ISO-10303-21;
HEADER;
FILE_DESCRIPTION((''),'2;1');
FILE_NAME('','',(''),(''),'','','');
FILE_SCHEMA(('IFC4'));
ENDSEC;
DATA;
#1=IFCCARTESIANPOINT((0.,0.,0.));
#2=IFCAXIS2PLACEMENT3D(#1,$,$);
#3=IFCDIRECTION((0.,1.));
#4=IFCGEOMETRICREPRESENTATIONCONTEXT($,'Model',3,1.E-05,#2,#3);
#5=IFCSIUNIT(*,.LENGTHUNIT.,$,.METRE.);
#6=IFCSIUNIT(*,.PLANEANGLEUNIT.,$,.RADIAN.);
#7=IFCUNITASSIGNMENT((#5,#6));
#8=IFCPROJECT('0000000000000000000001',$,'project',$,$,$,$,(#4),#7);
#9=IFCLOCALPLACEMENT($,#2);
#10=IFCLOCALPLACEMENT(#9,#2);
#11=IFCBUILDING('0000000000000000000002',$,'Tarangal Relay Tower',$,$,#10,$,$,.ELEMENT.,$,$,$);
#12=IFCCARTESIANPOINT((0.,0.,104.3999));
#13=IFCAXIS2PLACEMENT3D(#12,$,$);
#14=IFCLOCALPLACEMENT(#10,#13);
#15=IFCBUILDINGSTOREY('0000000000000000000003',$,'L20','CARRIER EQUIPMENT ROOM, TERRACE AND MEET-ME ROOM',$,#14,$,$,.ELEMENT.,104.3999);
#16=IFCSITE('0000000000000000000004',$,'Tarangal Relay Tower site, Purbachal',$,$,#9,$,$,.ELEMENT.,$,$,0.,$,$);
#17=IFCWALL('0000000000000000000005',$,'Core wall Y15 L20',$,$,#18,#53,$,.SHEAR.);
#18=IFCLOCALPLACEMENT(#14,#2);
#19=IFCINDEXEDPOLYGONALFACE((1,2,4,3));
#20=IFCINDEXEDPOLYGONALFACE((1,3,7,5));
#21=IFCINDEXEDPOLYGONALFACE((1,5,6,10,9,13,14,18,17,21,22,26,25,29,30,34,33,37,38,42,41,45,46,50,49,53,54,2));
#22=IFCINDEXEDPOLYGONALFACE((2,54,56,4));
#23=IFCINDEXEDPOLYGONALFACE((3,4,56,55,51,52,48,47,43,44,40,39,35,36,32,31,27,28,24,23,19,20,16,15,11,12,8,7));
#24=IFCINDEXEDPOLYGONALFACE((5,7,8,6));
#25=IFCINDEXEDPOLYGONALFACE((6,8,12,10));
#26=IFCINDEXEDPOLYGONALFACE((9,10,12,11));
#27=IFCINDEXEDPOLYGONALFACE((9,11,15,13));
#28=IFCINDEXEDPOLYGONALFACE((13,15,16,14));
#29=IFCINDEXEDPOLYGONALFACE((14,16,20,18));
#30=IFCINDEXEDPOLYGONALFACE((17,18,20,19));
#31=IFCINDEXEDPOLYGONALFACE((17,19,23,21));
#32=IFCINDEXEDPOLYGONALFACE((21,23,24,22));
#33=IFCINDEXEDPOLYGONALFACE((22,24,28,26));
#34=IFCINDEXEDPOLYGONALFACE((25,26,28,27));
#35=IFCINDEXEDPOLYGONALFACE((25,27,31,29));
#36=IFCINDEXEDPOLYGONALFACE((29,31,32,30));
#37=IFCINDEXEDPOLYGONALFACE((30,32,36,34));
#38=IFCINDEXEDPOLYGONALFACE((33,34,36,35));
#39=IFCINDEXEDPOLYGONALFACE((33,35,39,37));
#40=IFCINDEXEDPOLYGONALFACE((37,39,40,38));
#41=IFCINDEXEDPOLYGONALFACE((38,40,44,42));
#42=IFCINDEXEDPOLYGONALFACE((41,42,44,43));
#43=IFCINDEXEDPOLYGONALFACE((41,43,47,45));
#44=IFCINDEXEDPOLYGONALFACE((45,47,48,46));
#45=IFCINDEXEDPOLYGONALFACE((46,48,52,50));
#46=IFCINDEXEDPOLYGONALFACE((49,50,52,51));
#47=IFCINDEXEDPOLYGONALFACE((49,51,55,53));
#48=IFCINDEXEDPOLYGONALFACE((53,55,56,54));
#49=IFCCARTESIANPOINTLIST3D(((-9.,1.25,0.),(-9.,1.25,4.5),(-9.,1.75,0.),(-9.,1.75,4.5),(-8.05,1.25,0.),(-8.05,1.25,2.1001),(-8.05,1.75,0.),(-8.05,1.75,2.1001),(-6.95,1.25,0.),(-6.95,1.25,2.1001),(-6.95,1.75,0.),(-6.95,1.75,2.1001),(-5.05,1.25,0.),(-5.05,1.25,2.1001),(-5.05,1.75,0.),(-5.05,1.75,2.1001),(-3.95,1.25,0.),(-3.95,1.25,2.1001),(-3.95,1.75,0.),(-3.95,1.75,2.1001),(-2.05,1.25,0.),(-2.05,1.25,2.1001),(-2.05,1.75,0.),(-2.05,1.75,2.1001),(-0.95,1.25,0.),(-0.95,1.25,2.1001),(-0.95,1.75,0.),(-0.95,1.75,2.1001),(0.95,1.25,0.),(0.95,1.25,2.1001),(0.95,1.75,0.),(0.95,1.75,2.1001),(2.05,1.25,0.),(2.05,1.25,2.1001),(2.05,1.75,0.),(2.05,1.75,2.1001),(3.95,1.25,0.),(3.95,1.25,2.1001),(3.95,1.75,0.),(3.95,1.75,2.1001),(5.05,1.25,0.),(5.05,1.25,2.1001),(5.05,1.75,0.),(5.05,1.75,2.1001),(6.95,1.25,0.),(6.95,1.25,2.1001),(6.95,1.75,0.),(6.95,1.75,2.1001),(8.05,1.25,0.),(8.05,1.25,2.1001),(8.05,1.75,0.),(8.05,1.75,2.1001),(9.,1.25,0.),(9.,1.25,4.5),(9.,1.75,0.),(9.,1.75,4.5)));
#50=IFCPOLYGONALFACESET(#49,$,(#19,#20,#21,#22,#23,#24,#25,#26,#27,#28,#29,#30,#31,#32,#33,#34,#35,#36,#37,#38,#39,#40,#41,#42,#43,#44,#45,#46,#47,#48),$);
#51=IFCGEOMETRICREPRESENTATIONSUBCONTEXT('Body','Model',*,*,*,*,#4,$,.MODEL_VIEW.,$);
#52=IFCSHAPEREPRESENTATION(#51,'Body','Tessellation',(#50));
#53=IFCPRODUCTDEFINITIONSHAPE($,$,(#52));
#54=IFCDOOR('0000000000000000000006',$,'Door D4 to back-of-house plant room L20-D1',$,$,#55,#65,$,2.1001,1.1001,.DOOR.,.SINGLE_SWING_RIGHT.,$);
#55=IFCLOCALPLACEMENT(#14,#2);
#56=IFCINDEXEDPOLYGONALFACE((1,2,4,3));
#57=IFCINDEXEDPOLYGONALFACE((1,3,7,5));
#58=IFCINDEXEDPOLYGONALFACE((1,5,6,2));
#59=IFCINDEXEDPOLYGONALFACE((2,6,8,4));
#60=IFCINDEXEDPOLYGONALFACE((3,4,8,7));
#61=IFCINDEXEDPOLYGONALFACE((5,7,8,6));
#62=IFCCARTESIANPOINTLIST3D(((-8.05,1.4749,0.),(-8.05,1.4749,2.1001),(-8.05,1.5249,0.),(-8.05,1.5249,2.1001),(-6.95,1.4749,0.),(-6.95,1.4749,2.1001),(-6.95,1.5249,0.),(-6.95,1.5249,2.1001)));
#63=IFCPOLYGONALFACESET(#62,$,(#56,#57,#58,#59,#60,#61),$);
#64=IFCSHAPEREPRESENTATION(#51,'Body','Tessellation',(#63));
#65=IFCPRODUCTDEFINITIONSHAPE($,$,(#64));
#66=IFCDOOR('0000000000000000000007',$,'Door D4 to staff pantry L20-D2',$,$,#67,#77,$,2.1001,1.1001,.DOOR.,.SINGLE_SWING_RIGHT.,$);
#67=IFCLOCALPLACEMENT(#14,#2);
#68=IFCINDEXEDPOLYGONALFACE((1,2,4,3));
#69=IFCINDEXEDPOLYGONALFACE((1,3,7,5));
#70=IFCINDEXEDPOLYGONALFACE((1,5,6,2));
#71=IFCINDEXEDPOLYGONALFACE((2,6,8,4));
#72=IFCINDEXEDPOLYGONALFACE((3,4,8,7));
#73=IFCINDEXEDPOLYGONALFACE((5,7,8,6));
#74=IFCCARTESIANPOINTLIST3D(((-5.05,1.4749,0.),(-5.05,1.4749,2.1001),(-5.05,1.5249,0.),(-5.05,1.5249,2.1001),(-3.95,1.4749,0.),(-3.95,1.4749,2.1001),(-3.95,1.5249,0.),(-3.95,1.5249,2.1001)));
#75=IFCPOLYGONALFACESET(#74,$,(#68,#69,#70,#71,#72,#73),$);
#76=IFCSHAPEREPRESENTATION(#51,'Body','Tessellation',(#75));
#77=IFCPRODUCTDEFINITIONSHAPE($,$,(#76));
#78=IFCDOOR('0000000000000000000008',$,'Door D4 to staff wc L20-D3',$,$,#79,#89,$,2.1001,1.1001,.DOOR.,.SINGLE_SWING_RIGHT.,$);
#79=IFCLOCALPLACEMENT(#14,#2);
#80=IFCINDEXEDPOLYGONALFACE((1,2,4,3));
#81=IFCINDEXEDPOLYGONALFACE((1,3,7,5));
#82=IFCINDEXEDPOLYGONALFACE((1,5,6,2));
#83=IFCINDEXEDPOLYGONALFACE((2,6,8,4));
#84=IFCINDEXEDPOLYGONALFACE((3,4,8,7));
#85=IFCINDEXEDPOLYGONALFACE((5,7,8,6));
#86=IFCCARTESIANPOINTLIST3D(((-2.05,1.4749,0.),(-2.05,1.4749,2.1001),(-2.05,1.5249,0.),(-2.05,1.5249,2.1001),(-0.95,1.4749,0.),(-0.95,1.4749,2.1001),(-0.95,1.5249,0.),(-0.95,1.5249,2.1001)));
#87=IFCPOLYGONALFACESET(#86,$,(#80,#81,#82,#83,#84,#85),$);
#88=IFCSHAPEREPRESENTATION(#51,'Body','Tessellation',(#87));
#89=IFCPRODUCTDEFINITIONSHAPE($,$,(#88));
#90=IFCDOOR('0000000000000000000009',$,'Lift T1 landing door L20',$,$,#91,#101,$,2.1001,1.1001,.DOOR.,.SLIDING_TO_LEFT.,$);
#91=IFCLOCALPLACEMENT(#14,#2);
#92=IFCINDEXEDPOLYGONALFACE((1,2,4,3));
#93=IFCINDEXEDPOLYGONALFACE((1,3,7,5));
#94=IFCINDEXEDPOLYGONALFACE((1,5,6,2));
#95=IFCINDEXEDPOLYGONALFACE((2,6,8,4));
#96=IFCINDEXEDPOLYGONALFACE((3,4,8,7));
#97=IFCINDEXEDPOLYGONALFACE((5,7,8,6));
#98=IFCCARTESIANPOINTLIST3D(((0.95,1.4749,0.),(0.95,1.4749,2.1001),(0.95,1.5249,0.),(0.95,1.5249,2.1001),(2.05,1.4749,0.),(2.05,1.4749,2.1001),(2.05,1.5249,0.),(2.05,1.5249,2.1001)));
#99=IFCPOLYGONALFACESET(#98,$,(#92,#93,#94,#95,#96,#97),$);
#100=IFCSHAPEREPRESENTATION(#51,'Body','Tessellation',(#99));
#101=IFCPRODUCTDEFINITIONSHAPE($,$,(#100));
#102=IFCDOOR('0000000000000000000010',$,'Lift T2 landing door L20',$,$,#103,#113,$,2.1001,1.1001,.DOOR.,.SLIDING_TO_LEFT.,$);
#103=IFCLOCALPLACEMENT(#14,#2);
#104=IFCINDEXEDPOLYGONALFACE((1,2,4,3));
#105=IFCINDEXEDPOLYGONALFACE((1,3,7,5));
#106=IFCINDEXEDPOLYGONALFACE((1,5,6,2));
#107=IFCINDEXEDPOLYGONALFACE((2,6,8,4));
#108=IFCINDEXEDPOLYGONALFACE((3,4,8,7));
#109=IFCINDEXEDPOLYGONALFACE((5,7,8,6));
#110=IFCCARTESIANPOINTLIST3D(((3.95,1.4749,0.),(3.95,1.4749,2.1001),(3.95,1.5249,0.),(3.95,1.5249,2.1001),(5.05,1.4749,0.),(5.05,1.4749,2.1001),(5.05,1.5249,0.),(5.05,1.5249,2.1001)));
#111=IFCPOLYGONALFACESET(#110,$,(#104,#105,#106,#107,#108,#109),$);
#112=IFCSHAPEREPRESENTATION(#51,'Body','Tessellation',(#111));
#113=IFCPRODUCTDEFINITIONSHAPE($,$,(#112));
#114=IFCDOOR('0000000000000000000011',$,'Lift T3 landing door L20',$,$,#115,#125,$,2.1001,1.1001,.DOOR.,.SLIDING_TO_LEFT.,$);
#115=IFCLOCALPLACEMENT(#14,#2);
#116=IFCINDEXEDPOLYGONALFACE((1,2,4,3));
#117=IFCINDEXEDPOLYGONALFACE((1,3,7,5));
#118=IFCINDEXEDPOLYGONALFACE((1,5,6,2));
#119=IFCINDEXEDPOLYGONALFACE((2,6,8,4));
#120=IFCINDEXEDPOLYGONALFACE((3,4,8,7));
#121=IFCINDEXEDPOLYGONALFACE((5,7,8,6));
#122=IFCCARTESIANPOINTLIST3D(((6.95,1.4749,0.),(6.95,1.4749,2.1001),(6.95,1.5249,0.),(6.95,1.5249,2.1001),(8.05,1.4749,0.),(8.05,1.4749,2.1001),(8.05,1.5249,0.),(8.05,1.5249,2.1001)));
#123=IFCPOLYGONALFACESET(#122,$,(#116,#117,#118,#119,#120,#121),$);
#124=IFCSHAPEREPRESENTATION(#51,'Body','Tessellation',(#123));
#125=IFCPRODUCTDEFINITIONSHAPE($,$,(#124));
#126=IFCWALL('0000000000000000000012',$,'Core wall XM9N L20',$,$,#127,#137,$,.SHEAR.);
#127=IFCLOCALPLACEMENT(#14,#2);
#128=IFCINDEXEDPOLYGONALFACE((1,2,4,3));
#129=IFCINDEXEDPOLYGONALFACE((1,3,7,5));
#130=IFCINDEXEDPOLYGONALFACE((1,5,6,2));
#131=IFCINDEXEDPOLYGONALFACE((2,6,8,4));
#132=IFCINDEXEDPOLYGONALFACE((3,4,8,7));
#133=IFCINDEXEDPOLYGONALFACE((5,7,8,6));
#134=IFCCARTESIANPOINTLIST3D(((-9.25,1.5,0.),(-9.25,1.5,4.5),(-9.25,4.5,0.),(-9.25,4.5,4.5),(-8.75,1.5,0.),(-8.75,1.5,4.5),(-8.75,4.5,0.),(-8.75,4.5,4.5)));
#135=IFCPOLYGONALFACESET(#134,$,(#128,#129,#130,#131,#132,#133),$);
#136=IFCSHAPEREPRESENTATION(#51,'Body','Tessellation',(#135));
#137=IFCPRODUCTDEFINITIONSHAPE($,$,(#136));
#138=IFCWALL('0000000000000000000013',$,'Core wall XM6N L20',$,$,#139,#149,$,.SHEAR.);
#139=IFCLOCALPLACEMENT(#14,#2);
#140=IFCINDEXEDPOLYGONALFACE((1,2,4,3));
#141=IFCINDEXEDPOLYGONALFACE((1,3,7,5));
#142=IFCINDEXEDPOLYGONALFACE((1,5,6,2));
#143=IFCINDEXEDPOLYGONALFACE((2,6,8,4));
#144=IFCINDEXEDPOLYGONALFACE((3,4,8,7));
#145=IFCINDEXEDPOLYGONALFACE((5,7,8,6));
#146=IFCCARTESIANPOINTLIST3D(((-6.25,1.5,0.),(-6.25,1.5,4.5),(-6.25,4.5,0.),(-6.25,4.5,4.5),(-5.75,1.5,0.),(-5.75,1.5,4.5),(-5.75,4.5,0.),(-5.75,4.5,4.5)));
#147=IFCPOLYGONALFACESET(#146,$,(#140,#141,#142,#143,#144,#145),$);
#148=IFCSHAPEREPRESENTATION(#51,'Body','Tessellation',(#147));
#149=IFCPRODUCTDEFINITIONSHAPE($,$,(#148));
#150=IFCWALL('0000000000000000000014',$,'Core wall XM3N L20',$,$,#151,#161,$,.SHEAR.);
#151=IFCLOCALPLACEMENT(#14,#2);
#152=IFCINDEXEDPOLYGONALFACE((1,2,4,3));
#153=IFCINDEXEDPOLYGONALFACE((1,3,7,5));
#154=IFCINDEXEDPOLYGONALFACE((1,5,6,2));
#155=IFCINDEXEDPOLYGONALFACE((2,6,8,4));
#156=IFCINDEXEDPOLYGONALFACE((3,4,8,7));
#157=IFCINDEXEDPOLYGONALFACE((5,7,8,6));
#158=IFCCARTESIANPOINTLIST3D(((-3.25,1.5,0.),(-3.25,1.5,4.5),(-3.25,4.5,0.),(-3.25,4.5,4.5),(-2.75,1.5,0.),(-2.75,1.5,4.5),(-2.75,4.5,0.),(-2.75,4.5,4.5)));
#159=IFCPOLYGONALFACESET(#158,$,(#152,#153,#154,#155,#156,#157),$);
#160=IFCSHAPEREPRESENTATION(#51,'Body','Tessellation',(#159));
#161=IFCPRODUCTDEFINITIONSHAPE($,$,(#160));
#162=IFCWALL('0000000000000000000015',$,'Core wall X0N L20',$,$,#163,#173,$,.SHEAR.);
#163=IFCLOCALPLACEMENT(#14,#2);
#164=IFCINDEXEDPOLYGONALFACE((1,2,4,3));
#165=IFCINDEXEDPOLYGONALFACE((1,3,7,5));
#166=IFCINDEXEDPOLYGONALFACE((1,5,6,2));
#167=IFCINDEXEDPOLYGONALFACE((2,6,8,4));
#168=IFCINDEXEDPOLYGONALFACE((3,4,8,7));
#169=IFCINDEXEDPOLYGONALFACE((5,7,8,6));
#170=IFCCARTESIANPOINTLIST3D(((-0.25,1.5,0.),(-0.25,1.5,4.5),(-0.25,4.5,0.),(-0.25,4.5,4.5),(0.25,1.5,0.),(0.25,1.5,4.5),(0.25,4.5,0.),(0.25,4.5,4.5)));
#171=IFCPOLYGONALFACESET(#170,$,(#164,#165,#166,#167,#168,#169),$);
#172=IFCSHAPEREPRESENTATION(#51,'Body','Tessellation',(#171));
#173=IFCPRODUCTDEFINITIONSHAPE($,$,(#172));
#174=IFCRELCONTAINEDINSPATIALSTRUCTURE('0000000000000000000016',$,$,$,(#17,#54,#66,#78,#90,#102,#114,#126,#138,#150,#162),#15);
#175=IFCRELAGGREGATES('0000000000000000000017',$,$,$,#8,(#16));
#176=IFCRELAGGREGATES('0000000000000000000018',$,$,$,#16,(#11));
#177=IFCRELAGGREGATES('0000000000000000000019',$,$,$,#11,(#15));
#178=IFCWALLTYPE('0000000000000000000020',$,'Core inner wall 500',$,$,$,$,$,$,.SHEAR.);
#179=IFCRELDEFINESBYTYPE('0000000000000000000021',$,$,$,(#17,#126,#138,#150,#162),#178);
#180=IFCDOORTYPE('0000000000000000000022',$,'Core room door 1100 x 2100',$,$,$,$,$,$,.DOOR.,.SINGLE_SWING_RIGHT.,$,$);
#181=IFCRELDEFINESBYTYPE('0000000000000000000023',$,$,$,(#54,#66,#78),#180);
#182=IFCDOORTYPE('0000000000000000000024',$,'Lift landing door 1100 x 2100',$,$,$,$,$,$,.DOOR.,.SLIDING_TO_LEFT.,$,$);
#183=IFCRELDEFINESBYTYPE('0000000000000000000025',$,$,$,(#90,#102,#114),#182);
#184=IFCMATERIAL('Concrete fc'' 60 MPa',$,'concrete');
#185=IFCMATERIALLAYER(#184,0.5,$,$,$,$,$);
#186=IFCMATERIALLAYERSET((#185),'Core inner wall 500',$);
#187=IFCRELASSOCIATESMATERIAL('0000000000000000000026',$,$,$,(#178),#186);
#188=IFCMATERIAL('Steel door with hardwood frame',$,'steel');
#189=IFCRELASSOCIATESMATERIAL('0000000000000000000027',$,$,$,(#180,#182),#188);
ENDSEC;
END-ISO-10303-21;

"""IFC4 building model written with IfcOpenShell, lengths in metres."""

from ifc_helpers import new_model, si_unit, direction, frame, frame_2d, origin, place, context, subcontext, project, spatial, rectangle, extrude, material, layer, layer_set, type_object, element, fill, save


model = new_model("IFC4")

# Units and contexts
model_context = context("Model", 3, precision=1e-05, world=origin(), true_north=direction((0.0, 1.0)))
body_context = subcontext(model_context, "Body", "Model", "MODEL_VIEW")
ifc_project = project(units=[si_unit("LENGTHUNIT", "METRE"), si_unit("PLANEANGLEUNIT", "RADIAN")], contexts=[model_context])

# Site, building, storey
site_placement = place(None, origin())
site = spatial("IfcSite", under=ifc_project, at=site_placement, Name="Tarangal Relay Tower site, Purbachal", CompositionType="ELEMENT", RefElevation=0.0)
building_placement = place(site_placement, origin())
building = spatial("IfcBuilding", under=site, at=building_placement, Name="Tarangal Relay Tower", CompositionType="ELEMENT")
storey_placement = place(building_placement, frame((0.0, 0.0, 104.3999)))
storey = spatial("IfcBuildingStorey", under=building, at=storey_placement, Name="L20", Description="CARRIER EQUIPMENT ROOM, TERRACE AND MEET-ME ROOM", CompositionType="ELEMENT", Elevation=104.3999)

# Wall, openings, doors
ifc_material_1 = material(Name="Concrete fc' 60 MPa", Category="concrete")
ifc_layer_1 = layer(ifc_material_1, 0.5)
ifc_layer_set_1 = layer_set([ifc_layer_1], Name="Core inner wall 500")
wall_type = type_object("IfcWallType", Name="Core inner wall 500", PredefinedType="SHEAR", material=ifc_layer_set_1)
wall_1_placement = place(storey_placement, frame((-9.0, 1.5, 0.0), z_axis=(0.0, 0.0, 1.0), x_axis=(1.0, 0.0, 0.0)))
wall_1 = element("IfcWall", 1, at=wall_1_placement, inside=storey, type_object=wall_type, Name="Core wall Y15 L20", PredefinedType="SHEAR", context=body_context, shape_type="SweptSolid", body=[
    extrude(rectangle(XDim=18.0, YDim=0.5, at=frame_2d((9.0, 0.0))), origin(), (0.0, 0.0, 1.0), 4.5),
])
opening_1_placement = place(wall_1_placement, frame((9.95, 0.0, 0.0)))
opening_1 = element("IfcOpeningElement", 2, at=opening_1_placement, cuts=wall_1, PredefinedType="OPENING", context=body_context, shape_type="SweptSolid", body=[
    extrude(rectangle(XDim=1.1001, YDim=2.1001, at=frame_2d((0.55, 1.05))), frame((0.0, 0.26, 0.0), z_axis=(0.0, -1.0, 0.0), x_axis=(1.0, 0.0, 0.0)), (0.0, 0.0, 1.0), 0.52),
])
opening_2_placement = place(wall_1_placement, frame((12.95, 0.0, 0.0)))
opening_2 = element("IfcOpeningElement", 3, at=opening_2_placement, cuts=wall_1, PredefinedType="OPENING", context=body_context, shape_type="SweptSolid", body=[
    extrude(rectangle(XDim=1.1001, YDim=2.1001, at=frame_2d((0.55, 1.05))), frame((0.0, 0.26, 0.0), z_axis=(0.0, -1.0, 0.0), x_axis=(1.0, 0.0, 0.0)), (0.0, 0.0, 1.0), 0.52),
])
opening_3_placement = place(wall_1_placement, frame((15.95, 0.0, 0.0)))
opening_3 = element("IfcOpeningElement", 4, at=opening_3_placement, cuts=wall_1, PredefinedType="OPENING", context=body_context, shape_type="SweptSolid", body=[
    extrude(rectangle(XDim=1.1001, YDim=2.1001, at=frame_2d((0.55, 1.05))), frame((0.0, 0.26, 0.0), z_axis=(0.0, -1.0, 0.0), x_axis=(1.0, 0.0, 0.0)), (0.0, 0.0, 1.0), 0.52),
])
opening_4_placement = place(wall_1_placement, frame((0.95, 0.0, 0.0)))
opening_4 = element("IfcOpeningElement", 5, at=opening_4_placement, cuts=wall_1, PredefinedType="OPENING", context=body_context, shape_type="SweptSolid", body=[
    extrude(rectangle(XDim=1.1001, YDim=2.1001, at=frame_2d((0.55, 1.05))), frame((0.0, 0.26, 0.0), z_axis=(0.0, -1.0, 0.0), x_axis=(1.0, 0.0, 0.0)), (0.0, 0.0, 1.0), 0.52),
])
opening_5_placement = place(wall_1_placement, frame((3.95, 0.0, 0.0)))
opening_5 = element("IfcOpeningElement", 6, at=opening_5_placement, cuts=wall_1, PredefinedType="OPENING", context=body_context, shape_type="SweptSolid", body=[
    extrude(rectangle(XDim=1.1001, YDim=2.1001, at=frame_2d((0.55, 1.05))), frame((0.0, 0.26, 0.0), z_axis=(0.0, -1.0, 0.0), x_axis=(1.0, 0.0, 0.0)), (0.0, 0.0, 1.0), 0.52),
])
opening_6_placement = place(wall_1_placement, frame((6.95, 0.0, 0.0)))
opening_6 = element("IfcOpeningElement", 7, at=opening_6_placement, cuts=wall_1, PredefinedType="OPENING", context=body_context, shape_type="SweptSolid", body=[
    extrude(rectangle(XDim=1.1001, YDim=2.1001, at=frame_2d((0.55, 1.05))), frame((0.0, 0.26, 0.0), z_axis=(0.0, -1.0, 0.0), x_axis=(1.0, 0.0, 0.0)), (0.0, 0.0, 1.0), 0.52),
])
ifc_material_2 = material(Name="Steel door with hardwood frame", Category="steel")
door_type_1 = type_object("IfcDoorType", Name="Core room door 1100 x 2100", OperationType="SINGLE_SWING_RIGHT", PredefinedType="DOOR", material=ifc_material_2)
door_1_placement = place(opening_4_placement, origin())
door_1 = element("IfcDoor", 8, at=door_1_placement, inside=storey, type_object=door_type_1, Name="Door D4 to back-of-house plant room L20-D1", OperationType="SINGLE_SWING_RIGHT", OverallHeight=2.1001, OverallWidth=1.1001, PredefinedType="DOOR", context=body_context, shape_type="SweptSolid", body=[
    extrude(rectangle(XDim=1.1001, YDim=2.1001, at=frame_2d((0.55, 1.05))), frame((0.0, 0.0249, 0.0), z_axis=(0.0, -1.0, 0.0), x_axis=(1.0, 0.0, 0.0)), (0.0, 0.0, 1.0), 0.05),
])
fill(opening_4, door_1)
door_2_placement = place(opening_5_placement, origin())
door_2 = element("IfcDoor", 9, at=door_2_placement, inside=storey, type_object=door_type_1, Name="Door D4 to staff pantry L20-D2", OperationType="SINGLE_SWING_RIGHT", OverallHeight=2.1001, OverallWidth=1.1001, PredefinedType="DOOR", context=body_context, shape_type="SweptSolid", body=[
    extrude(rectangle(XDim=1.1001, YDim=2.1001, at=frame_2d((0.55, 1.05))), frame((0.0, 0.0249, 0.0), z_axis=(0.0, -1.0, 0.0), x_axis=(1.0, 0.0, 0.0)), (0.0, 0.0, 1.0), 0.05),
])
fill(opening_5, door_2)
door_3_placement = place(opening_6_placement, origin())
door_3 = element("IfcDoor", 10, at=door_3_placement, inside=storey, type_object=door_type_1, Name="Door D4 to staff wc L20-D3", OperationType="SINGLE_SWING_RIGHT", OverallHeight=2.1001, OverallWidth=1.1001, PredefinedType="DOOR", context=body_context, shape_type="SweptSolid", body=[
    extrude(rectangle(XDim=1.1001, YDim=2.1001, at=frame_2d((0.55, 1.05))), frame((0.0, 0.0249, 0.0), z_axis=(0.0, -1.0, 0.0), x_axis=(1.0, 0.0, 0.0)), (0.0, 0.0, 1.0), 0.05),
])
fill(opening_6, door_3)
door_type_2 = type_object("IfcDoorType", Name="Lift landing door 1100 x 2100", OperationType="SLIDING_TO_LEFT", PredefinedType="DOOR", material=ifc_material_2)
door_4_placement = place(opening_1_placement, origin())
door_4 = element("IfcDoor", 11, at=door_4_placement, inside=storey, type_object=door_type_2, Name="Lift T1 landing door L20", OperationType="SLIDING_TO_LEFT", OverallHeight=2.1001, OverallWidth=1.1001, PredefinedType="DOOR", context=body_context, shape_type="SweptSolid", body=[
    extrude(rectangle(XDim=1.1001, YDim=2.1001, at=frame_2d((0.55, 1.05))), frame((0.0, 0.0249, 0.0), z_axis=(0.0, -1.0, 0.0), x_axis=(1.0, 0.0, 0.0)), (0.0, 0.0, 1.0), 0.05),
])
fill(opening_1, door_4)
door_5_placement = place(opening_2_placement, origin())
door_5 = element("IfcDoor", 12, at=door_5_placement, inside=storey, type_object=door_type_2, Name="Lift T2 landing door L20", OperationType="SLIDING_TO_LEFT", OverallHeight=2.1001, OverallWidth=1.1001, PredefinedType="DOOR", context=body_context, shape_type="SweptSolid", body=[
    extrude(rectangle(XDim=1.1001, YDim=2.1001, at=frame_2d((0.55, 1.05))), frame((0.0, 0.0249, 0.0), z_axis=(0.0, -1.0, 0.0), x_axis=(1.0, 0.0, 0.0)), (0.0, 0.0, 1.0), 0.05),
])
fill(opening_2, door_5)
door_6_placement = place(opening_3_placement, origin())
door_6 = element("IfcDoor", 13, at=door_6_placement, inside=storey, type_object=door_type_2, Name="Lift T3 landing door L20", OperationType="SLIDING_TO_LEFT", OverallHeight=2.1001, OverallWidth=1.1001, PredefinedType="DOOR", context=body_context, shape_type="SweptSolid", body=[
    extrude(rectangle(XDim=1.1001, YDim=2.1001, at=frame_2d((0.55, 1.05))), frame((0.0, 0.0249, 0.0), z_axis=(0.0, -1.0, 0.0), x_axis=(1.0, 0.0, 0.0)), (0.0, 0.0, 1.0), 0.05),
])
fill(opening_3, door_6)

# Walls
for number, where, z_axis, x_axis, name in (
    (14, (-9.0, 1.5, 0.0), (0.0, 0.0, 1.0), (0.0, 1.0, 0.0), "Core wall XM9N L20"),
    (15, (-6.0, 1.5, 0.0), (0.0, 0.0, 1.0), (0.0, 1.0, 0.0), "Core wall XM6N L20"),
    (16, (-3.0, 1.5, 0.0), (0.0, 0.0, 1.0), (0.0, 1.0, 0.0), "Core wall XM3N L20"),
    (17, (0.0, 1.5, 0.0), (0.0, 0.0, 1.0), (0.0, 1.0, 0.0), "Core wall X0N L20"),
):
    element("IfcWall", number, at=place(storey_placement, frame(where, z_axis=z_axis, x_axis=x_axis)), inside=storey, type_object=wall_type, Name=name, PredefinedType="SHEAR", context=body_context, shape_type="SweptSolid", body=[
        extrude(rectangle(XDim=3.0, YDim=0.5, at=frame_2d((1.5, 0.0))), origin(), (0.0, 0.0, 1.0), 4.5),
    ])

save(model, "model.ifc")
